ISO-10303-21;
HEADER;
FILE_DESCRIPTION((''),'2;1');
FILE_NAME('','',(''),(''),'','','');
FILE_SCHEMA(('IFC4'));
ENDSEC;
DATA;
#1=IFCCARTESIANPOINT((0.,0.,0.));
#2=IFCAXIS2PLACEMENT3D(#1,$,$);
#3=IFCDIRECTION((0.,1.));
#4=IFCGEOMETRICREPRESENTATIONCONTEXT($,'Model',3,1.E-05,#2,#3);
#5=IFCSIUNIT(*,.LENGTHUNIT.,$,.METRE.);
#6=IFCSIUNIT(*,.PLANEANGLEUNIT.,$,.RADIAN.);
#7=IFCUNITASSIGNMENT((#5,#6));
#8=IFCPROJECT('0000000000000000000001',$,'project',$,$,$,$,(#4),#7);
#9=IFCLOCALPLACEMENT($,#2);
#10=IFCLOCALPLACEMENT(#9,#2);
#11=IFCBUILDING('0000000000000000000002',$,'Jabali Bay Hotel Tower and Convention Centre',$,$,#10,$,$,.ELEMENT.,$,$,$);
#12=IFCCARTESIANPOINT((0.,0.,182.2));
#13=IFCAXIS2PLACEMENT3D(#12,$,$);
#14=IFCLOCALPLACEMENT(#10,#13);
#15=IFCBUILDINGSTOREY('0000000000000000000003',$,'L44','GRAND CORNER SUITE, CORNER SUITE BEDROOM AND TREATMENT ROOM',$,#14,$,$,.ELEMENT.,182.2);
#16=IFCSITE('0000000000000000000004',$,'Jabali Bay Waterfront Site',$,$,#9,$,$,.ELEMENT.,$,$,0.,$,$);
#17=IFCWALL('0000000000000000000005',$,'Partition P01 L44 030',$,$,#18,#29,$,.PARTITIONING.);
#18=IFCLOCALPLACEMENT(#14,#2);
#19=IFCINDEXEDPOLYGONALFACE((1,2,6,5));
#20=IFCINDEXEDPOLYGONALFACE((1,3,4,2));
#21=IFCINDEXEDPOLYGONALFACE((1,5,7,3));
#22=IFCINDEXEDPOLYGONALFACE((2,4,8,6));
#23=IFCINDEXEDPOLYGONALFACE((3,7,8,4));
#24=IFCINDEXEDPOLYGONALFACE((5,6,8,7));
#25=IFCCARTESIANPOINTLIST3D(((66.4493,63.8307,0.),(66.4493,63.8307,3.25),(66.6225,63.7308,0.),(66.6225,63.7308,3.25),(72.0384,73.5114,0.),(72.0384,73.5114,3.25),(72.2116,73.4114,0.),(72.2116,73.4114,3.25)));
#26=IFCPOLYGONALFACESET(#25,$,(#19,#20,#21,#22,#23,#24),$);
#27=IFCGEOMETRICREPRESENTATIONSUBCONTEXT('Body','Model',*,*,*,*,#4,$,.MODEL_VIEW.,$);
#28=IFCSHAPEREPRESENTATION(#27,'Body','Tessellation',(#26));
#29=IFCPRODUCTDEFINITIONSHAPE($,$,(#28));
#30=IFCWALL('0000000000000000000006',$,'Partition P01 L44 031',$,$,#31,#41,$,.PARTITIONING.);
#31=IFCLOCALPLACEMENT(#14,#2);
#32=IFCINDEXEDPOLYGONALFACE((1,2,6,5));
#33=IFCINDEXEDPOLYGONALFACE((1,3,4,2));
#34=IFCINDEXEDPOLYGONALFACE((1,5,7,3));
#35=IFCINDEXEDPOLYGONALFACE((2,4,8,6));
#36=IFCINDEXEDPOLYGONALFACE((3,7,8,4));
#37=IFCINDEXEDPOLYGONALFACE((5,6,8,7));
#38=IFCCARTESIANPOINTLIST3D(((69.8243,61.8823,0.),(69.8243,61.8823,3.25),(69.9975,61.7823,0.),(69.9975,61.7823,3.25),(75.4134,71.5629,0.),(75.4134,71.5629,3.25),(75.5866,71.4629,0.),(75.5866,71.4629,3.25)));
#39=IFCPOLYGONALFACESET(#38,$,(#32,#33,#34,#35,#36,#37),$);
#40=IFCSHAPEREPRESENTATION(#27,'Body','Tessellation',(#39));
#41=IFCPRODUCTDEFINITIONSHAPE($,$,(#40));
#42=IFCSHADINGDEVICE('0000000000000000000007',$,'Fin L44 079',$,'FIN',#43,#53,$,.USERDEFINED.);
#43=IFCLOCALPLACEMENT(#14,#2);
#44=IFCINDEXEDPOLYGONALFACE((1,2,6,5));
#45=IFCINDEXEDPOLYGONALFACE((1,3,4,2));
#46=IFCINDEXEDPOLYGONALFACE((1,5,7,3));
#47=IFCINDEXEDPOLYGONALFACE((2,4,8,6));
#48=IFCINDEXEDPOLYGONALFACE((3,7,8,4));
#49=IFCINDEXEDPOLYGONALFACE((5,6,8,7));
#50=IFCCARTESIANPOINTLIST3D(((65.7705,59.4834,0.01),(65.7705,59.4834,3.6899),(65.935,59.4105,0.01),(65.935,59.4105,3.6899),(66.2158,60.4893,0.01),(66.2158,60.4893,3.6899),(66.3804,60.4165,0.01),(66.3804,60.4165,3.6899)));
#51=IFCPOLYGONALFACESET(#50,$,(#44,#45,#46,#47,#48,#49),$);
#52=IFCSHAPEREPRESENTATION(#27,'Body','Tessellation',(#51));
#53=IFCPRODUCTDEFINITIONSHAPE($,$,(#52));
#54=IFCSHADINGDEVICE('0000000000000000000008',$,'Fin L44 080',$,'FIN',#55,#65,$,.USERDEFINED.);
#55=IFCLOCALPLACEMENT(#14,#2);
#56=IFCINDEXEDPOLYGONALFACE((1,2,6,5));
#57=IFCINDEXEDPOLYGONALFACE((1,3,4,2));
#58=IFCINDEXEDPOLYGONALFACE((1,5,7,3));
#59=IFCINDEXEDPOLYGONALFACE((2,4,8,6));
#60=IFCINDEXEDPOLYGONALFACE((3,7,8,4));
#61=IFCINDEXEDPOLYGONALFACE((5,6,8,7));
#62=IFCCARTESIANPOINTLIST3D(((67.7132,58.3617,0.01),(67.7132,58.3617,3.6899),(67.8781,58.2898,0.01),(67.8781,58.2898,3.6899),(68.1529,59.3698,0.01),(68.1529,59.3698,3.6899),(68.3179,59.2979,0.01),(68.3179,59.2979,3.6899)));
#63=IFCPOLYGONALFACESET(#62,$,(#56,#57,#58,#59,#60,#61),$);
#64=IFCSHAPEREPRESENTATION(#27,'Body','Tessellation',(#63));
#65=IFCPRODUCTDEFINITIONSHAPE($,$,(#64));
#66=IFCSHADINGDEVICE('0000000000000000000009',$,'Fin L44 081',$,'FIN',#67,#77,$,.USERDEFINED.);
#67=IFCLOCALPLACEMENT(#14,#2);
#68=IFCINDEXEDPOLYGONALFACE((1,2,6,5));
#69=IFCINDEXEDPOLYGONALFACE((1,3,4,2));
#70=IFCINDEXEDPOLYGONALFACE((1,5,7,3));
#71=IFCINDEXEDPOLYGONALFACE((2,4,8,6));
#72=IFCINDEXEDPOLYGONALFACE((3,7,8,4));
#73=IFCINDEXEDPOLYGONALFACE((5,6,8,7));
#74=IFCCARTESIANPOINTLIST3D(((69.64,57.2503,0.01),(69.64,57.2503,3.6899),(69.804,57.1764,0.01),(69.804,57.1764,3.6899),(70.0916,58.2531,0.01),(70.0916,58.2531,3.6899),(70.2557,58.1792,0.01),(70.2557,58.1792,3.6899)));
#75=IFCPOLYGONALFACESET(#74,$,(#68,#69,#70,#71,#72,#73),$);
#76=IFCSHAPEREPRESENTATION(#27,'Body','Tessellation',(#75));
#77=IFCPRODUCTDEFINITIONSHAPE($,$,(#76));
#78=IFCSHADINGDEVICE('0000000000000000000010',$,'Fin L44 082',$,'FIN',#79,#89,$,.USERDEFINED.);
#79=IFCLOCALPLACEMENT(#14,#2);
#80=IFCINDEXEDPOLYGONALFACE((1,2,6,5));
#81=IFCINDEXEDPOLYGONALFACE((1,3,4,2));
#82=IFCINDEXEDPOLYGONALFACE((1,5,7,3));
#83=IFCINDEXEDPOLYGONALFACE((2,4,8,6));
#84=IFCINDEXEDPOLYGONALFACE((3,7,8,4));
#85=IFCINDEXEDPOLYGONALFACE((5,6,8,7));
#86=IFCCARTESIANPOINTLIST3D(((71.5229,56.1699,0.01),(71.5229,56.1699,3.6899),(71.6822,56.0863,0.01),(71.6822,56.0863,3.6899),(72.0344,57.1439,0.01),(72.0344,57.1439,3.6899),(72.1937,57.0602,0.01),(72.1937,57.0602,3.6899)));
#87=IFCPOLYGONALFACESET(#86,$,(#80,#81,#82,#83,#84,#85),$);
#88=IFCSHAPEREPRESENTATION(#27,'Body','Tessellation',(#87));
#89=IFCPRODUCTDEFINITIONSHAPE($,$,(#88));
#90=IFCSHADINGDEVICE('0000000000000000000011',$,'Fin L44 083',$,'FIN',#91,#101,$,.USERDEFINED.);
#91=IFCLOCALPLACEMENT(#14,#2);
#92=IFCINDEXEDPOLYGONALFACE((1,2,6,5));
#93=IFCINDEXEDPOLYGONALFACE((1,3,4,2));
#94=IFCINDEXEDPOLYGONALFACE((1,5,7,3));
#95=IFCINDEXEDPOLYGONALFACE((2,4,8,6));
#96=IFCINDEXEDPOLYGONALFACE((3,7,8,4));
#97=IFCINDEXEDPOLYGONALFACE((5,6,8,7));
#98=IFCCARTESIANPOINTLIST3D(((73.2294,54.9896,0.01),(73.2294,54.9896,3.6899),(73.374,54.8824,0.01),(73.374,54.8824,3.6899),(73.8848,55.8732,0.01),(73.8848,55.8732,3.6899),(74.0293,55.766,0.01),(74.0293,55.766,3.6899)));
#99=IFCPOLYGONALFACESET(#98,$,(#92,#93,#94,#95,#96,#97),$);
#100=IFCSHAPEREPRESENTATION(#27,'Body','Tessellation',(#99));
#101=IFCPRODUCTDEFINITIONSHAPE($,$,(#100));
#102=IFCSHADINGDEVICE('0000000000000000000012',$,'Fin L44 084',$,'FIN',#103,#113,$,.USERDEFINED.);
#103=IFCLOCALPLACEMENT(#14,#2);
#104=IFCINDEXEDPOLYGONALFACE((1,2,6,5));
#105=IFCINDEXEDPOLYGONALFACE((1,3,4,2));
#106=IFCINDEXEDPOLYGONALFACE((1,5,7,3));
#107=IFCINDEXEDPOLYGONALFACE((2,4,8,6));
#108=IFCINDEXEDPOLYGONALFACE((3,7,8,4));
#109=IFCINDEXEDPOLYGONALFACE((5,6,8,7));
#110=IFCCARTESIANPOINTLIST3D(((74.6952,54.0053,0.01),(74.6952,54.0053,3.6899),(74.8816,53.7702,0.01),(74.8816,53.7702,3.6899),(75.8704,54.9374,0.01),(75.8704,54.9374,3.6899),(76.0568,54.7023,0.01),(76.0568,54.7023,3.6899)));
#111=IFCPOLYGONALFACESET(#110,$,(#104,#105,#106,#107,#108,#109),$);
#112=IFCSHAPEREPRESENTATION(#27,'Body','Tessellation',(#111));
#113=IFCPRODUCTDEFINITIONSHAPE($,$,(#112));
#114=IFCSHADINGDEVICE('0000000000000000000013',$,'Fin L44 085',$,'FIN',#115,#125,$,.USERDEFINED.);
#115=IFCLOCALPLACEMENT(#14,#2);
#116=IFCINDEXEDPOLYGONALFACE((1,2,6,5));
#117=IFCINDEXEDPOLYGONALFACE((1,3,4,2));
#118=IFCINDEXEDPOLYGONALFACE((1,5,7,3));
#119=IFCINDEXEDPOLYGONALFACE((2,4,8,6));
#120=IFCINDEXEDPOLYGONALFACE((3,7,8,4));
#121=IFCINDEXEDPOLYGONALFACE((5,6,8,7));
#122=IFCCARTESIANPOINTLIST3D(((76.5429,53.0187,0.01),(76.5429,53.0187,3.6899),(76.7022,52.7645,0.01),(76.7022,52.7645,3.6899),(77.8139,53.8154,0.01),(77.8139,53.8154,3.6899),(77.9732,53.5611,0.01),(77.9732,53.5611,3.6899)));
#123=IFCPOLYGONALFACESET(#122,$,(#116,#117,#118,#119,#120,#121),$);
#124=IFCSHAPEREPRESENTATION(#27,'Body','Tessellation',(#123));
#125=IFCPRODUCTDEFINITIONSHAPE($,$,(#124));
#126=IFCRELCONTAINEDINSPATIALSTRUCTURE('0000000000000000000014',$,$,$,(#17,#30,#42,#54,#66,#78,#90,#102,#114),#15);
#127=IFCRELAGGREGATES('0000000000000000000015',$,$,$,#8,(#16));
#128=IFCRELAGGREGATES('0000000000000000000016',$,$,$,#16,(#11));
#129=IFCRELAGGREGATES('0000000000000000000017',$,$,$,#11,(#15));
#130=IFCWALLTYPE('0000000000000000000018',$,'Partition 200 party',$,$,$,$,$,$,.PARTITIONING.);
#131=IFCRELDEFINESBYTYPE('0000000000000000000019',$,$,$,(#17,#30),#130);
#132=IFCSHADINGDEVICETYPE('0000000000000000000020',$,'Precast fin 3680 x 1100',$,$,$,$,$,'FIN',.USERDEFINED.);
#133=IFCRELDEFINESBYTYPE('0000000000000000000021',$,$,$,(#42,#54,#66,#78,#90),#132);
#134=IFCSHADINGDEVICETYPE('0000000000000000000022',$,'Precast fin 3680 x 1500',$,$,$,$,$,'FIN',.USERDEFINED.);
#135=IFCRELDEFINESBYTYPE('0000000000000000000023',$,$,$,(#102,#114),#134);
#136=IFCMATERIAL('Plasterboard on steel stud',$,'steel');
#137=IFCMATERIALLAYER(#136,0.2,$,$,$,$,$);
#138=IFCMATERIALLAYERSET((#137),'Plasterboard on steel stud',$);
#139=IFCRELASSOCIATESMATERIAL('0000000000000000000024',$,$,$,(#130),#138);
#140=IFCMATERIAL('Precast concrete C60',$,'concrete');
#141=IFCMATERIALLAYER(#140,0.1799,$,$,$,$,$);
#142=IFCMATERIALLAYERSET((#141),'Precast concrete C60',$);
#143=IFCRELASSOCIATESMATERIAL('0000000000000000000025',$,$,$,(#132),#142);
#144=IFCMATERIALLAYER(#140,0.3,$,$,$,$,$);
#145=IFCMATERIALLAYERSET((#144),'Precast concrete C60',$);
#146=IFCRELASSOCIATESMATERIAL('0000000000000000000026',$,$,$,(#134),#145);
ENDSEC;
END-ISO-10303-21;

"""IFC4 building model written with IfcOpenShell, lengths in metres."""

from ifc_helpers import new_model, si_unit, direction, frame, frame_2d, origin, place, context, subcontext, project, spatial, rectangle, extrude, material, layer, layer_set, type_object, element, save


model = new_model("IFC4")

# Units and contexts
model_context = context("Model", 3, precision=1e-05, world=origin(), true_north=direction((0.0, 1.0)))
body_context = subcontext(model_context, "Body", "Model", "MODEL_VIEW")
ifc_project = project(units=[si_unit("LENGTHUNIT", "METRE"), si_unit("PLANEANGLEUNIT", "RADIAN")], contexts=[model_context])

# Site, building, storey
site_placement = place(None, origin())
site = spatial("IfcSite", under=ifc_project, at=site_placement, Name="Jabali Bay Waterfront Site", CompositionType="ELEMENT", RefElevation=0.0)
building_placement = place(site_placement, origin())
building = spatial("IfcBuilding", under=site, at=building_placement, Name="Jabali Bay Hotel Tower and Convention Centre", CompositionType="ELEMENT")
storey_placement = place(building_placement, frame((0.0, 0.0, 182.2)))
storey = spatial("IfcBuildingStorey", under=building, at=storey_placement, Name="L44", Description="GRAND CORNER SUITE, CORNER SUITE BEDROOM AND TREATMENT ROOM", CompositionType="ELEMENT", Elevation=182.2)

# Shared definitions
ifc_material_1 = material(Name="Plasterboard on steel stud", Category="steel")

# Walls
ifc_layer_1 = layer(ifc_material_1, 0.2)
ifc_layer_set_1 = layer_set([ifc_layer_1], Name="Plasterboard on steel stud")
wall_type_1 = type_object("IfcWallType", Name="Partition 200 party", PredefinedType="PARTITIONING", material=ifc_layer_set_1)
for number, where, z_axis, x_axis, name in (
    (1, (66.5359, 63.7808, 0.0), (0.0, 0.0, 1.0), (0.499998, 0.866026, 0.0), "Partition P01 L44 030"),
    (2, (69.9109, 61.8323, 0.0), (0.0, 0.0, 1.0), (0.499998, 0.866026, 0.0), "Partition P01 L44 031"),
):
    element("IfcWall", number, at=place(storey_placement, frame(where, z_axis=z_axis, x_axis=x_axis)), inside=storey, type_object=wall_type_1, Name=name, PredefinedType="PARTITIONING", context=body_context, shape_type="SweptSolid", body=[
        extrude(rectangle(XDim=11.1782, YDim=0.2, at=frame_2d((5.5891, 0.0))), origin(), (0.0, 0.0, 1.0), 3.25),
    ])

# Shading devices
ifc_material_2 = material(Name="Precast concrete C60", Category="concrete")
ifc_layer_2 = layer(ifc_material_2, 0.1799)
ifc_layer_set_2 = layer_set([ifc_layer_2], Name="Precast concrete C60")
shading_device_type_1 = type_object("IfcShadingDeviceType", Name="Precast fin 3680 x 1100", ElementType="FIN", PredefinedType="USERDEFINED", material=ifc_layer_set_2)
shading_device_placement = place(storey_placement, frame((66.2981, 60.4529, 0.01), z_axis=(0.0, 0.0, 1.0), x_axis=(-0.40482, -0.914396, 0.0)))
element("IfcShadingDevice", 3, at=shading_device_placement, inside=storey, type_object=shading_device_type_1, Name="Fin L44 079", ObjectType="FIN", PredefinedType="USERDEFINED", context=body_context, shape_type="SweptSolid", body=[
    extrude(rectangle(XDim=1.1001, YDim=0.1799, at=frame_2d((0.55, 0.0))), origin(), (0.0, 0.0, 1.0), 3.6799),
])
for number, where, z_axis, x_axis, name in (
    (4, (68.2354, 59.3337, 0.01), (0.0, 0.0, 1.0), (-0.399805, -0.9166, 0.0), "Fin L44 080"),
    (5, (70.1736, 58.2161, 0.01), (0.0, 0.0, 1.0), (-0.410623, -0.911805, 0.0), "Fin L44 081"),
):
    element("IfcShadingDevice", number, at=place(storey_placement, frame(where, z_axis=z_axis, x_axis=x_axis)), inside=storey, type_object=shading_device_type_1, Name=name, ObjectType="FIN", PredefinedType="USERDEFINED", context=body_context, shape_type="SweptSolid", body=[
        extrude(rectangle(XDim=1.0999, YDim=0.1799, at=frame_2d((0.5498, 0.0))), origin(), (0.0, 0.0, 1.0), 3.6799),
    ])
for number, where, z_axis, x_axis, name in (
    (6, (72.114, 57.1021, 0.01), (0.0, 0.0, 1.0), (-0.464969, -0.885327, 0.0), "Fin L44 082"),
    (7, (73.957, 55.8196, 0.01), (0.0, 0.0, 1.0), (-0.595695, -0.803211, 0.0), "Fin L44 083"),
):
    element("IfcShadingDevice", number, at=place(storey_placement, frame(where, z_axis=z_axis, x_axis=x_axis)), inside=storey, type_object=shading_device_type_1, Name=name, ObjectType="FIN", PredefinedType="USERDEFINED", context=body_context, shape_type="SweptSolid", body=[
        extrude(rectangle(XDim=1.1001, YDim=0.1799, at=frame_2d((0.55, 0.0))), origin(), (0.0, 0.0, 1.0), 3.6799),
    ])
ifc_layer_3 = layer(ifc_material_2, 0.3)
ifc_layer_set_3 = layer_set([ifc_layer_3], Name="Precast concrete C60")
shading_device_type_2 = type_object("IfcShadingDeviceType", Name="Precast fin 3680 x 1500", ElementType="FIN", PredefinedType="USERDEFINED", material=ifc_layer_set_3)
for number, where, z_axis, x_axis, name in (
    (8, (75.9636, 54.8198, 0.01), (0.0, 0.0, 1.0), (-0.783498, -0.621395, 0.0), "Fin L44 084"),
    (9, (77.8936, 53.6882, 0.01), (0.0, 0.0, 1.0), (-0.847321, -0.531081, 0.0), "Fin L44 085"),
):
    element("IfcShadingDevice", number, at=place(storey_placement, frame(where, z_axis=z_axis, x_axis=x_axis)), inside=storey, type_object=shading_device_type_2, Name=name, ObjectType="FIN", PredefinedType="USERDEFINED", context=body_context, shape_type="SweptSolid", body=[
        extrude(rectangle(XDim=1.5, YDim=0.3, at=frame_2d((0.75, 0.0))), origin(), (0.0, 0.0, 1.0), 3.6799),
    ])

save(model, "model.ifc")
